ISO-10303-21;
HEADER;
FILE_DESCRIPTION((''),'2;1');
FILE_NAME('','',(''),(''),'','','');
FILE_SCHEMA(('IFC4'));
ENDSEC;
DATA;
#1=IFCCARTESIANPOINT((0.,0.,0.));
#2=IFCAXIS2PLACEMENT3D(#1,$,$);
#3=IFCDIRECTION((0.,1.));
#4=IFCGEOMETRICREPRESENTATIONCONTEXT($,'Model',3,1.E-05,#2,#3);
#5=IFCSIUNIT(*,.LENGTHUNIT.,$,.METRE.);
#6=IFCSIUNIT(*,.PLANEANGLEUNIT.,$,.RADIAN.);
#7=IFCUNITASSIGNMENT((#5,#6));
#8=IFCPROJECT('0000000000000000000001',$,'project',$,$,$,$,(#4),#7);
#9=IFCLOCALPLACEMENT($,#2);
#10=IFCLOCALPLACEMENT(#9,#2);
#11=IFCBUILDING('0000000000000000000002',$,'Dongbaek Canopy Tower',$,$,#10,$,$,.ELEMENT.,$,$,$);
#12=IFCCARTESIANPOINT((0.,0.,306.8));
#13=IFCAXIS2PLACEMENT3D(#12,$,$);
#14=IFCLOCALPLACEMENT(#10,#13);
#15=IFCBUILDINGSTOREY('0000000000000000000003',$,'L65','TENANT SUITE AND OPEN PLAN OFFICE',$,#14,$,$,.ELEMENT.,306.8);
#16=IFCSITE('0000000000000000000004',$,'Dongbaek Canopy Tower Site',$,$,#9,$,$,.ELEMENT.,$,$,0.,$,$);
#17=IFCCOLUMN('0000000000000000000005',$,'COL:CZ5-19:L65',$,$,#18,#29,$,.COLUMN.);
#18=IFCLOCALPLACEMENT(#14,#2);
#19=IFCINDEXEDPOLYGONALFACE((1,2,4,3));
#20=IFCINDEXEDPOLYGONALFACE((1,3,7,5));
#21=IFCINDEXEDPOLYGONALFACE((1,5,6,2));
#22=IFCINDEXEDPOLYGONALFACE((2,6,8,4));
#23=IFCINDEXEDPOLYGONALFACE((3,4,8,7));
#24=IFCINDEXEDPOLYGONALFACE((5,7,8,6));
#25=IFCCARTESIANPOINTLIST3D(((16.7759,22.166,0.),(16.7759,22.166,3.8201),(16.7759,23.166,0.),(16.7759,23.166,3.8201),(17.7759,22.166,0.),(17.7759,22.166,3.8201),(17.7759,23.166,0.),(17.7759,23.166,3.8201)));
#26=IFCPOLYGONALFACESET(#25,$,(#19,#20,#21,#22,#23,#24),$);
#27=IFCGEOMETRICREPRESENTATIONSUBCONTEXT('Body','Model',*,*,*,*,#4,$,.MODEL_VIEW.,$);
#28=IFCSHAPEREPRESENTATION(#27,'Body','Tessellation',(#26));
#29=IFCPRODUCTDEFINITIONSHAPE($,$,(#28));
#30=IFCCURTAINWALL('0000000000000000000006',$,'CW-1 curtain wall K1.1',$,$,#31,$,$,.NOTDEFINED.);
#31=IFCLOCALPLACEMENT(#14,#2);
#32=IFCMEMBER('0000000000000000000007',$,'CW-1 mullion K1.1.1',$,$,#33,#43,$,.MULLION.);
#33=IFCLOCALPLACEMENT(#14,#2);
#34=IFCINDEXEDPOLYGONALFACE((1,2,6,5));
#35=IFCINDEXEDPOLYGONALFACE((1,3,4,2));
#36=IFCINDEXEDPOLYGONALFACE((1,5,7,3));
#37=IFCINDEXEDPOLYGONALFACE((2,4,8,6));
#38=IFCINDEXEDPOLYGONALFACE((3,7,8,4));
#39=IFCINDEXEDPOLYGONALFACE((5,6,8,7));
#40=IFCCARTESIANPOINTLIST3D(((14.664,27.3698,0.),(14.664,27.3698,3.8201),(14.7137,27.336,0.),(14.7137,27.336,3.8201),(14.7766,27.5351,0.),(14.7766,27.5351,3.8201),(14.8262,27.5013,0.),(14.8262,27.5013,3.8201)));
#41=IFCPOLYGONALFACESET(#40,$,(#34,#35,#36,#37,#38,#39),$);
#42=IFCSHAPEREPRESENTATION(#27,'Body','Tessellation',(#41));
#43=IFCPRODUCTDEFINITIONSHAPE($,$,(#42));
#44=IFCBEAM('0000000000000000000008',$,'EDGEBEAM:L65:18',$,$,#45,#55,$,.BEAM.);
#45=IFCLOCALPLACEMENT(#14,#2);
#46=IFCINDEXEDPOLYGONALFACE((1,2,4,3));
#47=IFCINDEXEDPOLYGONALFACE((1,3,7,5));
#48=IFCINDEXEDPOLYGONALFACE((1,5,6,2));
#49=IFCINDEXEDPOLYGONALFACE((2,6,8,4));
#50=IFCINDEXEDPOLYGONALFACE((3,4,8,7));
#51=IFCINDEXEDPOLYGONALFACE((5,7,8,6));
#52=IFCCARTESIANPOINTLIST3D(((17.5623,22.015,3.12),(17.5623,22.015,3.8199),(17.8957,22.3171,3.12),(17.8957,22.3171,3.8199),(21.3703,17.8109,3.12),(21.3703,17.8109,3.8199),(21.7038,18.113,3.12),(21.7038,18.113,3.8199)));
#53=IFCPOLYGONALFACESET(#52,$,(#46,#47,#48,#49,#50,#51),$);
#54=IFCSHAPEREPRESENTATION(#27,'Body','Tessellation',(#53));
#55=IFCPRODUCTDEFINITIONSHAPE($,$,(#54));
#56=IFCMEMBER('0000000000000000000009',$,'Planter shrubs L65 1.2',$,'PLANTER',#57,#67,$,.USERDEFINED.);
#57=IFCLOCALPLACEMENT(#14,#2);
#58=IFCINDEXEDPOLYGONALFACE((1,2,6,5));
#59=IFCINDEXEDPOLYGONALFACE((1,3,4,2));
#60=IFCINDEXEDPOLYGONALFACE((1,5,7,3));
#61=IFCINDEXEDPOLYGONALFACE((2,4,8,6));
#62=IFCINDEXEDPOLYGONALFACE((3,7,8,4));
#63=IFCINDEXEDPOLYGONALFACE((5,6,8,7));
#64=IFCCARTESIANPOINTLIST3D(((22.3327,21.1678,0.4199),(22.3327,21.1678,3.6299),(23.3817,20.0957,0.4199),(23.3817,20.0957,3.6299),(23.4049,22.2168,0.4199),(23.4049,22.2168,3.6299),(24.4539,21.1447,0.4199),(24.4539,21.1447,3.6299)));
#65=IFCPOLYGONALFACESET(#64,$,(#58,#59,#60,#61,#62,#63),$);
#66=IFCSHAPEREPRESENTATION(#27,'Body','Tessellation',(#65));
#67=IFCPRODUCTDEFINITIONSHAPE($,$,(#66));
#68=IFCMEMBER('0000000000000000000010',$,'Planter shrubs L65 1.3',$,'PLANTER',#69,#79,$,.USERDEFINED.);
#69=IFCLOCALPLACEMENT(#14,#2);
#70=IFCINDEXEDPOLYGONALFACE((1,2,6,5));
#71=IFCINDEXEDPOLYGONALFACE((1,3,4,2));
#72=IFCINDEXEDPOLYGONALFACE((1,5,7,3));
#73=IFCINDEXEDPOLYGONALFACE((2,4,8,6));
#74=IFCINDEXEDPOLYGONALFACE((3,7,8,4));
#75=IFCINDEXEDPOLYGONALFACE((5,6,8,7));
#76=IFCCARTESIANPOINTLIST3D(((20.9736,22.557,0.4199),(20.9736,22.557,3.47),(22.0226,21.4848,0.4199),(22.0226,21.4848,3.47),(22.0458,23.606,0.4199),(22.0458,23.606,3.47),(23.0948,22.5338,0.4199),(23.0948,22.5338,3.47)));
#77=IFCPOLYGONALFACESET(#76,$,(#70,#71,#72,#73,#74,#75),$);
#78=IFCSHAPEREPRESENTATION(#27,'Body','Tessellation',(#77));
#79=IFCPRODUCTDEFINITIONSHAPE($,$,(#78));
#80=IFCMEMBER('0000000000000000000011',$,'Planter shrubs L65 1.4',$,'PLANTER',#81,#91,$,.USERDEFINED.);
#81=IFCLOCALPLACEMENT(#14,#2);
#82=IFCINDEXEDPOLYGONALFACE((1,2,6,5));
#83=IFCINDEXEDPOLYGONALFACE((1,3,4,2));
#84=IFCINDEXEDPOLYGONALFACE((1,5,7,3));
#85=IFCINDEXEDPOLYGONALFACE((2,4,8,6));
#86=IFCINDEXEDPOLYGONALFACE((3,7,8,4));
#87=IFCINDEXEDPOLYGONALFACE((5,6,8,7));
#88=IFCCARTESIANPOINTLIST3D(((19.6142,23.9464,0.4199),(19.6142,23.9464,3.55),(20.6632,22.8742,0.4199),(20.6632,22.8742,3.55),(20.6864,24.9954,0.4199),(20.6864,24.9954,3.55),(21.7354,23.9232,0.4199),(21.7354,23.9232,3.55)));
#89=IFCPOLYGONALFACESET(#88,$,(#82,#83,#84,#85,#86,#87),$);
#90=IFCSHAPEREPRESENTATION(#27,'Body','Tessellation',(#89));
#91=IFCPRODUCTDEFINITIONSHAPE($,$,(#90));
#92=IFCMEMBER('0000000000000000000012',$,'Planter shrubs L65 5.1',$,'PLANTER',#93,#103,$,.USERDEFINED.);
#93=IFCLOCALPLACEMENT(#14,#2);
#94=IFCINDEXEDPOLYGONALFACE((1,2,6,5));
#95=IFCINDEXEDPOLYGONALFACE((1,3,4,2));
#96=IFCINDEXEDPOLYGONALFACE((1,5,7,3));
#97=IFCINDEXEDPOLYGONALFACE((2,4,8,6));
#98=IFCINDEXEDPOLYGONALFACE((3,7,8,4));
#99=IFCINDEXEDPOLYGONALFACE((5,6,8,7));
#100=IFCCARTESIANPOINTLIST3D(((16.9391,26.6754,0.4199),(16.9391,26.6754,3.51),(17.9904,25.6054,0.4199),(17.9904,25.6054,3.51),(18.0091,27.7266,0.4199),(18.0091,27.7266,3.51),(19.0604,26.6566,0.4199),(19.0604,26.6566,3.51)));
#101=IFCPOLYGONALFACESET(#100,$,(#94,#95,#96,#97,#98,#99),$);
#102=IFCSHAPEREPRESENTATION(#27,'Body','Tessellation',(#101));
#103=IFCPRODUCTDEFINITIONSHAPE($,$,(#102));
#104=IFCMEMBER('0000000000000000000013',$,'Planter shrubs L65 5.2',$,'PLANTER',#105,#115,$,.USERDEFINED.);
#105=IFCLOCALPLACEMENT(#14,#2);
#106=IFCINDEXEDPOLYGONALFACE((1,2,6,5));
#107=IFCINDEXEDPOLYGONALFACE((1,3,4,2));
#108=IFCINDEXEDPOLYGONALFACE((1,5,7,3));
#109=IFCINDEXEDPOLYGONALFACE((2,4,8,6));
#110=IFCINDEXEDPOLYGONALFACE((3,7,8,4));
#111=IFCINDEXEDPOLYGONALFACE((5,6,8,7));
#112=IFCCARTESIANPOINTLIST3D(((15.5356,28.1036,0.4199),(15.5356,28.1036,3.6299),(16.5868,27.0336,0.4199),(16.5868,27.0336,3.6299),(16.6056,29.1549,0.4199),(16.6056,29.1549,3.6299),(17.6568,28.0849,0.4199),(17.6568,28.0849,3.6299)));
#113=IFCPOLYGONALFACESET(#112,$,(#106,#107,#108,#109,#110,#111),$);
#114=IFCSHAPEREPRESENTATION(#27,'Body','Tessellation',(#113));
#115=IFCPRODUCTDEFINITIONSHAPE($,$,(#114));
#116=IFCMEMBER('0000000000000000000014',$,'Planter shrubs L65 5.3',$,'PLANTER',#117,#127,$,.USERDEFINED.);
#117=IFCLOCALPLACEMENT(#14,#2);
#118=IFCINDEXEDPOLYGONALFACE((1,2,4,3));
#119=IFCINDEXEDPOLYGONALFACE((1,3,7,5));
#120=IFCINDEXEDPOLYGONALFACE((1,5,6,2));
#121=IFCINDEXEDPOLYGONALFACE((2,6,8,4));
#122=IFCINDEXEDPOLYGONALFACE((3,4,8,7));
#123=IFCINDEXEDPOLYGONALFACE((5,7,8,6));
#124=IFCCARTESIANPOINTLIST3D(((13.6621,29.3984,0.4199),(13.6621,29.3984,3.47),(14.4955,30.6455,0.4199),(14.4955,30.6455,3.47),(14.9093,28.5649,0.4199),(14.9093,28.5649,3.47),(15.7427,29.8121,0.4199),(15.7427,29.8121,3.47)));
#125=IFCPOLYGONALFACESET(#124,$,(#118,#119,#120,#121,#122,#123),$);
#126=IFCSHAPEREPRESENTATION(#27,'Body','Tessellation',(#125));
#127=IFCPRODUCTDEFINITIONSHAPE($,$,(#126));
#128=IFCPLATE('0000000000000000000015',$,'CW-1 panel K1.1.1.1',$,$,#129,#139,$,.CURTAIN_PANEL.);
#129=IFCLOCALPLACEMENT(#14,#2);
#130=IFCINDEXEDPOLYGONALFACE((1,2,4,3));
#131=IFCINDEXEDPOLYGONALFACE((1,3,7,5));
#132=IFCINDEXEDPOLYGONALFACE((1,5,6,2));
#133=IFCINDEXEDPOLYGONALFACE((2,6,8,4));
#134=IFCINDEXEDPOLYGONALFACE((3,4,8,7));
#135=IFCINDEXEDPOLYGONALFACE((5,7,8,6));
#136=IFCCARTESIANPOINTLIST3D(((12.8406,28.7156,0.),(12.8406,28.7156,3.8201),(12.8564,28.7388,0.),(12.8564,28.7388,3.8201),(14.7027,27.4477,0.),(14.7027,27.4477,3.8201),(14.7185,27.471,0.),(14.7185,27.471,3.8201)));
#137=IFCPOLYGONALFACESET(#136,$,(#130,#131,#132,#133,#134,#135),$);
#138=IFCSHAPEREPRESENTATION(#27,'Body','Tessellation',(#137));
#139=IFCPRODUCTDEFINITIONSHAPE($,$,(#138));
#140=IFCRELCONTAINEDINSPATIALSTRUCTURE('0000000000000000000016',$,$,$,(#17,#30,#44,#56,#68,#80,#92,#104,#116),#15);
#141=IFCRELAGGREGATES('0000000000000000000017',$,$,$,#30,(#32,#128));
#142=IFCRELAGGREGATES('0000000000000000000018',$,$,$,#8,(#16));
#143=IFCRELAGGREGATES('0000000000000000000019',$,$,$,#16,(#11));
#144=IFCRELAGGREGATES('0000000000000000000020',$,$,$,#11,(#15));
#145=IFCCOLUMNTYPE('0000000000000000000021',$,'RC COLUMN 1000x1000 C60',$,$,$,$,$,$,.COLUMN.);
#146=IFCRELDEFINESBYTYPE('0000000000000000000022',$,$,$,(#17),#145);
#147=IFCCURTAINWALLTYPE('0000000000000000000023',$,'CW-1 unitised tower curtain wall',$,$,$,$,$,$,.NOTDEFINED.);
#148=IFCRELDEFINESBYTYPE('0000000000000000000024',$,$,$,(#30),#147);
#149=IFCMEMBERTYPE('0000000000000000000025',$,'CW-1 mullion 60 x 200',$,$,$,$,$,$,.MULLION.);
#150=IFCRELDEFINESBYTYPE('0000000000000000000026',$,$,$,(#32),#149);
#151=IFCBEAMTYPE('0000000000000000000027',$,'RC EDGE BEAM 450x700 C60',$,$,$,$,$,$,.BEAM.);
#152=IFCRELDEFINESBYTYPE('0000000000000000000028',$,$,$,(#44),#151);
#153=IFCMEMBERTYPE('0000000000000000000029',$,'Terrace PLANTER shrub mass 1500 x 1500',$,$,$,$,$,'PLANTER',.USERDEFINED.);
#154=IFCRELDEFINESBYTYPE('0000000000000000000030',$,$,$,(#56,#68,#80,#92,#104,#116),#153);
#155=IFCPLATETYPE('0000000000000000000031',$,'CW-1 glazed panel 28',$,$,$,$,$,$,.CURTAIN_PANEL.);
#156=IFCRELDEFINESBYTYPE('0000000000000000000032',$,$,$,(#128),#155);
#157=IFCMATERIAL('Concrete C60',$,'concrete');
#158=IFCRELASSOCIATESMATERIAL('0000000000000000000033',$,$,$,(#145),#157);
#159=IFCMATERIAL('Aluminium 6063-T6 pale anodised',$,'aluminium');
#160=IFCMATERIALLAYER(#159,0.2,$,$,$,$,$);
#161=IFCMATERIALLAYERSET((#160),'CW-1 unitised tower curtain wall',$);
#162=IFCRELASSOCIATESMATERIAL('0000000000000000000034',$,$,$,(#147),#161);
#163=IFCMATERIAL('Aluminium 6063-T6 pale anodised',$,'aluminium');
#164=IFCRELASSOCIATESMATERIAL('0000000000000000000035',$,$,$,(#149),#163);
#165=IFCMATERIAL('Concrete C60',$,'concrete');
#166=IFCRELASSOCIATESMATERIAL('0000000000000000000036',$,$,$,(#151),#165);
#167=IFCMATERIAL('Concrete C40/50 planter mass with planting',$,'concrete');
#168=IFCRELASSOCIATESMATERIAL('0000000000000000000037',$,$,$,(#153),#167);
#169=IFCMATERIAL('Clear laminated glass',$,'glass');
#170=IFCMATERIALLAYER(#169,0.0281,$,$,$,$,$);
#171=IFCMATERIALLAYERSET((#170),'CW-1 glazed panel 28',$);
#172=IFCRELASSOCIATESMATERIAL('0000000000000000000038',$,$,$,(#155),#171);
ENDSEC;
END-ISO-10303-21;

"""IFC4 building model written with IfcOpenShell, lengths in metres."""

from ifc_helpers import new_model, si_unit, direction, frame, origin, origin_2d, place, context, subcontext, project, spatial, rectangle, extrude, material, layer, layer_set, material_profile, profile_set, type_object, element, aggregate, save


model = new_model("IFC4")

# Units and contexts
model_context = context("Model", 3, precision=1e-05, world=origin(), true_north=direction((0.0, 1.0)))
body_context = subcontext(model_context, "Body", "Model", "MODEL_VIEW")
ifc_project = project(units=[si_unit("LENGTHUNIT", "METRE"), si_unit("PLANEANGLEUNIT", "RADIAN")], contexts=[model_context])

# Site, building, storey
site_placement = place(None, origin())
site = spatial("IfcSite", under=ifc_project, at=site_placement, Name="Dongbaek Canopy Tower Site", CompositionType="ELEMENT", RefElevation=0.0)
building_placement = place(site_placement, origin())
building = spatial("IfcBuilding", under=site, at=building_placement, Name="Dongbaek Canopy Tower", CompositionType="ELEMENT")
storey_placement = place(building_placement, frame((0.0, 0.0, 306.8)))
storey = spatial("IfcBuildingStorey", under=building, at=storey_placement, Name="L65", Description="TENANT SUITE AND OPEN PLAN OFFICE", CompositionType="ELEMENT", Elevation=306.8)

# Column
ifc_material_1 = material(Name="Concrete C60", Category="concrete")
ifc_material_profile_1 = material_profile(ifc_material_1, rectangle(XDim=1.0, YDim=1.0, at=origin_2d()), Name="RC COLUMN 1000x1000 C60")
ifc_profile_set_1 = profile_set([ifc_material_profile_1], Name="Concrete C60")
column_type = type_object("IfcColumnType", Name="RC COLUMN 1000x1000 C60", PredefinedType="COLUMN", material=ifc_profile_set_1)
column_placement = place(storey_placement, frame((17.2759, 22.666, 0.0), z_axis=(0.0, 0.0, 1.0), x_axis=(1.0, 0.0, 0.0)))
element("IfcColumn", 1, at=column_placement, inside=storey, type_object=column_type, Name="COL:CZ5-19:L65", PredefinedType="COLUMN", context=body_context, shape_type="SweptSolid", body=[
    extrude(rectangle(XDim=1.0, YDim=1.0, at=origin_2d()), origin(), (0.0, 0.0, 1.0), 3.8201),
])

# Curtain wall, member
ifc_material_2 = material(Name="Aluminium 6063-T6 pale anodised", Category="aluminium")
ifc_layer_1 = layer(ifc_material_2, 0.2)
ifc_layer_set_1 = layer_set([ifc_layer_1], Name="CW-1 unitised tower curtain wall")
curtain_wall_type = type_object("IfcCurtainWallType", Name="CW-1 unitised tower curtain wall", PredefinedType="NOTDEFINED", material=ifc_layer_set_1)
curtain_wall_placement = place(storey_placement, origin())
curtain_wall = element("IfcCurtainWall", 2, at=curtain_wall_placement, inside=storey, type_object=curtain_wall_type, Name="CW-1 curtain wall K1.1", PredefinedType="NOTDEFINED")
ifc_material_3 = material(Name="Aluminium 6063-T6 pale anodised", Category="aluminium")
ifc_material_profile_2 = material_profile(ifc_material_3, rectangle(XDim=0.2, YDim=0.0601, at=origin_2d()), Name="CW-1 mullion 60 x 200")
ifc_profile_set_2 = profile_set([ifc_material_profile_2], Name="Aluminium 6063-T6 pale anodised")
member_type_1 = type_object("IfcMemberType", Name="CW-1 mullion 60 x 200", PredefinedType="MULLION", material=ifc_profile_set_2)
member_1_placement = place(storey_placement, frame((14.7451, 27.4355, 0.0), z_axis=(0.0, 0.0, 1.0), x_axis=(0.562807, 0.826589, 0.0)))
member_1 = element("IfcMember", 3, at=member_1_placement, type_object=member_type_1, Name="CW-1 mullion K1.1.1", PredefinedType="MULLION", context=body_context, shape_type="SweptSolid", body=[
    extrude(rectangle(XDim=0.2, YDim=0.0601, at=origin_2d()), origin(), (0.0, 0.0, 1.0), 3.8201),
])

# Beam
ifc_material_4 = material(Name="Concrete C60", Category="concrete")
ifc_material_profile_3 = material_profile(ifc_material_4, rectangle(XDim=0.45, YDim=0.7, at=origin_2d()), Name="RC EDGE BEAM 450x700 C60")
ifc_profile_set_3 = profile_set([ifc_material_profile_3], Name="Concrete C60")
beam_type = type_object("IfcBeamType", Name="RC EDGE BEAM 450x700 C60", PredefinedType="BEAM", material=ifc_profile_set_3)
beam_placement = place(storey_placement, frame((17.729, 22.166, 3.47), z_axis=(0.671339, -0.74115, 0.0), x_axis=(0.74115, 0.671339, 0.0)))
element("IfcBeam", 4, at=beam_placement, inside=storey, type_object=beam_type, Name="EDGEBEAM:L65:18", PredefinedType="BEAM", context=body_context, shape_type="SweptSolid", body=[
    extrude(rectangle(XDim=0.45, YDim=0.7, at=origin_2d()), origin(), (0.0, 0.0, 1.0), 5.6724),
])

# Members
ifc_material_5 = material(Name="Concrete C40/50 planter mass with planting", Category="concrete")
ifc_material_profile_4 = material_profile(ifc_material_5, rectangle(XDim=1.5, YDim=1.5, at=origin_2d()), Name="Terrace PLANTER shrub mass 1500 x 1500")
ifc_profile_set_4 = profile_set([ifc_material_profile_4], Name="Concrete C40/50 planter mass with planting")
member_type_2 = type_object("IfcMemberType", Name="Terrace PLANTER shrub mass 1500 x 1500", ElementType="PLANTER", PredefinedType="USERDEFINED", material=ifc_profile_set_4)
member_2_placement = place(storey_placement, frame((23.3933, 21.1562, 0.4199), z_axis=(0.0, 0.0, 1.0), x_axis=(0.71478, 0.699349, 0.0)))
element("IfcMember", 5, at=member_2_placement, inside=storey, type_object=member_type_2, Name="Planter shrubs L65 1.2", ObjectType="PLANTER", PredefinedType="USERDEFINED", context=body_context, shape_type="SweptSolid", body=[
    extrude(rectangle(XDim=1.5, YDim=1.5, at=origin_2d()), origin(), (0.0, 0.0, 1.0), 3.21),
])
member_3_placement = place(storey_placement, frame((22.0342, 22.5454, 0.4199), z_axis=(0.0, 0.0, 1.0), x_axis=(0.71478, 0.699349, 0.0)))
element("IfcMember", 6, at=member_3_placement, inside=storey, type_object=member_type_2, Name="Planter shrubs L65 1.3", ObjectType="PLANTER", PredefinedType="USERDEFINED", context=body_context, shape_type="SweptSolid", body=[
    extrude(rectangle(XDim=1.5, YDim=1.5, at=origin_2d()), origin(), (0.0, 0.0, 1.0), 3.05),
])
member_4_placement = place(storey_placement, frame((20.6748, 23.9348, 0.4199), z_axis=(0.0, 0.0, 1.0), x_axis=(0.71478, 0.699349, 0.0)))
element("IfcMember", 7, at=member_4_placement, inside=storey, type_object=member_type_2, Name="Planter shrubs L65 1.4", ObjectType="PLANTER", PredefinedType="USERDEFINED", context=body_context, shape_type="SweptSolid", body=[
    extrude(rectangle(XDim=1.5, YDim=1.5, at=origin_2d()), origin(), (0.0, 0.0, 1.0), 3.1301),
])
member_5_placement = place(storey_placement, frame((17.9998, 26.666, 0.4199), z_axis=(0.0, 0.0, 1.0), x_axis=(0.713326, 0.700833, 0.0)))
element("IfcMember", 8, at=member_5_placement, inside=storey, type_object=member_type_2, Name="Planter shrubs L65 5.1", ObjectType="PLANTER", PredefinedType="USERDEFINED", context=body_context, shape_type="SweptSolid", body=[
    extrude(rectangle(XDim=1.5, YDim=1.5, at=origin_2d()), origin(), (0.0, 0.0, 1.0), 3.0901),
])
member_6_placement = place(storey_placement, frame((16.5962, 28.0942, 0.4199), z_axis=(0.0, 0.0, 1.0), x_axis=(0.713326, 0.700833, 0.0)))
element("IfcMember", 9, at=member_6_placement, inside=storey, type_object=member_type_2, Name="Planter shrubs L65 5.2", ObjectType="PLANTER", PredefinedType="USERDEFINED", context=body_context, shape_type="SweptSolid", body=[
    extrude(rectangle(XDim=1.5, YDim=1.5, at=origin_2d()), origin(), (0.0, 0.0, 1.0), 3.21),
])
member_7_placement = place(storey_placement, frame((14.7024, 29.6052, 0.4199), z_axis=(0.0, 0.0, 1.0), x_axis=(0.555615, 0.83144, 0.0)))
element("IfcMember", 10, at=member_7_placement, inside=storey, type_object=member_type_2, Name="Planter shrubs L65 5.3", ObjectType="PLANTER", PredefinedType="USERDEFINED", context=body_context, shape_type="SweptSolid", body=[
    extrude(rectangle(XDim=1.5, YDim=1.5, at=origin_2d()), origin(), (0.0, 0.0, 1.0), 3.05),
])

# Plate
ifc_material_6 = material(Name="Clear laminated glass", Category="glass")
ifc_layer_2 = layer(ifc_material_6, 0.0281)
ifc_layer_set_2 = layer_set([ifc_layer_2], Name="CW-1 glazed panel 28")
plate_type = type_object("IfcPlateType", Name="CW-1 glazed panel 28", PredefinedType="CURTAIN_PANEL", material=ifc_layer_set_2)
plate_placement = place(storey_placement, frame((13.7795, 28.0933, 0.0), z_axis=(0.0, 0.0, 1.0), x_axis=(-0.826589, 0.562807, 0.0)))
plate = element("IfcPlate", 11, at=plate_placement, type_object=plate_type, Name="CW-1 panel K1.1.1.1", PredefinedType="CURTAIN_PANEL", context=body_context, shape_type="SweptSolid", body=[
    extrude(rectangle(XDim=2.2527, YDim=0.0281, at=origin_2d()), origin(), (0.0, 0.0, 1.0), 3.8201),
])
aggregate(curtain_wall, [member_1, plate])

save(model, "model.ifc")
